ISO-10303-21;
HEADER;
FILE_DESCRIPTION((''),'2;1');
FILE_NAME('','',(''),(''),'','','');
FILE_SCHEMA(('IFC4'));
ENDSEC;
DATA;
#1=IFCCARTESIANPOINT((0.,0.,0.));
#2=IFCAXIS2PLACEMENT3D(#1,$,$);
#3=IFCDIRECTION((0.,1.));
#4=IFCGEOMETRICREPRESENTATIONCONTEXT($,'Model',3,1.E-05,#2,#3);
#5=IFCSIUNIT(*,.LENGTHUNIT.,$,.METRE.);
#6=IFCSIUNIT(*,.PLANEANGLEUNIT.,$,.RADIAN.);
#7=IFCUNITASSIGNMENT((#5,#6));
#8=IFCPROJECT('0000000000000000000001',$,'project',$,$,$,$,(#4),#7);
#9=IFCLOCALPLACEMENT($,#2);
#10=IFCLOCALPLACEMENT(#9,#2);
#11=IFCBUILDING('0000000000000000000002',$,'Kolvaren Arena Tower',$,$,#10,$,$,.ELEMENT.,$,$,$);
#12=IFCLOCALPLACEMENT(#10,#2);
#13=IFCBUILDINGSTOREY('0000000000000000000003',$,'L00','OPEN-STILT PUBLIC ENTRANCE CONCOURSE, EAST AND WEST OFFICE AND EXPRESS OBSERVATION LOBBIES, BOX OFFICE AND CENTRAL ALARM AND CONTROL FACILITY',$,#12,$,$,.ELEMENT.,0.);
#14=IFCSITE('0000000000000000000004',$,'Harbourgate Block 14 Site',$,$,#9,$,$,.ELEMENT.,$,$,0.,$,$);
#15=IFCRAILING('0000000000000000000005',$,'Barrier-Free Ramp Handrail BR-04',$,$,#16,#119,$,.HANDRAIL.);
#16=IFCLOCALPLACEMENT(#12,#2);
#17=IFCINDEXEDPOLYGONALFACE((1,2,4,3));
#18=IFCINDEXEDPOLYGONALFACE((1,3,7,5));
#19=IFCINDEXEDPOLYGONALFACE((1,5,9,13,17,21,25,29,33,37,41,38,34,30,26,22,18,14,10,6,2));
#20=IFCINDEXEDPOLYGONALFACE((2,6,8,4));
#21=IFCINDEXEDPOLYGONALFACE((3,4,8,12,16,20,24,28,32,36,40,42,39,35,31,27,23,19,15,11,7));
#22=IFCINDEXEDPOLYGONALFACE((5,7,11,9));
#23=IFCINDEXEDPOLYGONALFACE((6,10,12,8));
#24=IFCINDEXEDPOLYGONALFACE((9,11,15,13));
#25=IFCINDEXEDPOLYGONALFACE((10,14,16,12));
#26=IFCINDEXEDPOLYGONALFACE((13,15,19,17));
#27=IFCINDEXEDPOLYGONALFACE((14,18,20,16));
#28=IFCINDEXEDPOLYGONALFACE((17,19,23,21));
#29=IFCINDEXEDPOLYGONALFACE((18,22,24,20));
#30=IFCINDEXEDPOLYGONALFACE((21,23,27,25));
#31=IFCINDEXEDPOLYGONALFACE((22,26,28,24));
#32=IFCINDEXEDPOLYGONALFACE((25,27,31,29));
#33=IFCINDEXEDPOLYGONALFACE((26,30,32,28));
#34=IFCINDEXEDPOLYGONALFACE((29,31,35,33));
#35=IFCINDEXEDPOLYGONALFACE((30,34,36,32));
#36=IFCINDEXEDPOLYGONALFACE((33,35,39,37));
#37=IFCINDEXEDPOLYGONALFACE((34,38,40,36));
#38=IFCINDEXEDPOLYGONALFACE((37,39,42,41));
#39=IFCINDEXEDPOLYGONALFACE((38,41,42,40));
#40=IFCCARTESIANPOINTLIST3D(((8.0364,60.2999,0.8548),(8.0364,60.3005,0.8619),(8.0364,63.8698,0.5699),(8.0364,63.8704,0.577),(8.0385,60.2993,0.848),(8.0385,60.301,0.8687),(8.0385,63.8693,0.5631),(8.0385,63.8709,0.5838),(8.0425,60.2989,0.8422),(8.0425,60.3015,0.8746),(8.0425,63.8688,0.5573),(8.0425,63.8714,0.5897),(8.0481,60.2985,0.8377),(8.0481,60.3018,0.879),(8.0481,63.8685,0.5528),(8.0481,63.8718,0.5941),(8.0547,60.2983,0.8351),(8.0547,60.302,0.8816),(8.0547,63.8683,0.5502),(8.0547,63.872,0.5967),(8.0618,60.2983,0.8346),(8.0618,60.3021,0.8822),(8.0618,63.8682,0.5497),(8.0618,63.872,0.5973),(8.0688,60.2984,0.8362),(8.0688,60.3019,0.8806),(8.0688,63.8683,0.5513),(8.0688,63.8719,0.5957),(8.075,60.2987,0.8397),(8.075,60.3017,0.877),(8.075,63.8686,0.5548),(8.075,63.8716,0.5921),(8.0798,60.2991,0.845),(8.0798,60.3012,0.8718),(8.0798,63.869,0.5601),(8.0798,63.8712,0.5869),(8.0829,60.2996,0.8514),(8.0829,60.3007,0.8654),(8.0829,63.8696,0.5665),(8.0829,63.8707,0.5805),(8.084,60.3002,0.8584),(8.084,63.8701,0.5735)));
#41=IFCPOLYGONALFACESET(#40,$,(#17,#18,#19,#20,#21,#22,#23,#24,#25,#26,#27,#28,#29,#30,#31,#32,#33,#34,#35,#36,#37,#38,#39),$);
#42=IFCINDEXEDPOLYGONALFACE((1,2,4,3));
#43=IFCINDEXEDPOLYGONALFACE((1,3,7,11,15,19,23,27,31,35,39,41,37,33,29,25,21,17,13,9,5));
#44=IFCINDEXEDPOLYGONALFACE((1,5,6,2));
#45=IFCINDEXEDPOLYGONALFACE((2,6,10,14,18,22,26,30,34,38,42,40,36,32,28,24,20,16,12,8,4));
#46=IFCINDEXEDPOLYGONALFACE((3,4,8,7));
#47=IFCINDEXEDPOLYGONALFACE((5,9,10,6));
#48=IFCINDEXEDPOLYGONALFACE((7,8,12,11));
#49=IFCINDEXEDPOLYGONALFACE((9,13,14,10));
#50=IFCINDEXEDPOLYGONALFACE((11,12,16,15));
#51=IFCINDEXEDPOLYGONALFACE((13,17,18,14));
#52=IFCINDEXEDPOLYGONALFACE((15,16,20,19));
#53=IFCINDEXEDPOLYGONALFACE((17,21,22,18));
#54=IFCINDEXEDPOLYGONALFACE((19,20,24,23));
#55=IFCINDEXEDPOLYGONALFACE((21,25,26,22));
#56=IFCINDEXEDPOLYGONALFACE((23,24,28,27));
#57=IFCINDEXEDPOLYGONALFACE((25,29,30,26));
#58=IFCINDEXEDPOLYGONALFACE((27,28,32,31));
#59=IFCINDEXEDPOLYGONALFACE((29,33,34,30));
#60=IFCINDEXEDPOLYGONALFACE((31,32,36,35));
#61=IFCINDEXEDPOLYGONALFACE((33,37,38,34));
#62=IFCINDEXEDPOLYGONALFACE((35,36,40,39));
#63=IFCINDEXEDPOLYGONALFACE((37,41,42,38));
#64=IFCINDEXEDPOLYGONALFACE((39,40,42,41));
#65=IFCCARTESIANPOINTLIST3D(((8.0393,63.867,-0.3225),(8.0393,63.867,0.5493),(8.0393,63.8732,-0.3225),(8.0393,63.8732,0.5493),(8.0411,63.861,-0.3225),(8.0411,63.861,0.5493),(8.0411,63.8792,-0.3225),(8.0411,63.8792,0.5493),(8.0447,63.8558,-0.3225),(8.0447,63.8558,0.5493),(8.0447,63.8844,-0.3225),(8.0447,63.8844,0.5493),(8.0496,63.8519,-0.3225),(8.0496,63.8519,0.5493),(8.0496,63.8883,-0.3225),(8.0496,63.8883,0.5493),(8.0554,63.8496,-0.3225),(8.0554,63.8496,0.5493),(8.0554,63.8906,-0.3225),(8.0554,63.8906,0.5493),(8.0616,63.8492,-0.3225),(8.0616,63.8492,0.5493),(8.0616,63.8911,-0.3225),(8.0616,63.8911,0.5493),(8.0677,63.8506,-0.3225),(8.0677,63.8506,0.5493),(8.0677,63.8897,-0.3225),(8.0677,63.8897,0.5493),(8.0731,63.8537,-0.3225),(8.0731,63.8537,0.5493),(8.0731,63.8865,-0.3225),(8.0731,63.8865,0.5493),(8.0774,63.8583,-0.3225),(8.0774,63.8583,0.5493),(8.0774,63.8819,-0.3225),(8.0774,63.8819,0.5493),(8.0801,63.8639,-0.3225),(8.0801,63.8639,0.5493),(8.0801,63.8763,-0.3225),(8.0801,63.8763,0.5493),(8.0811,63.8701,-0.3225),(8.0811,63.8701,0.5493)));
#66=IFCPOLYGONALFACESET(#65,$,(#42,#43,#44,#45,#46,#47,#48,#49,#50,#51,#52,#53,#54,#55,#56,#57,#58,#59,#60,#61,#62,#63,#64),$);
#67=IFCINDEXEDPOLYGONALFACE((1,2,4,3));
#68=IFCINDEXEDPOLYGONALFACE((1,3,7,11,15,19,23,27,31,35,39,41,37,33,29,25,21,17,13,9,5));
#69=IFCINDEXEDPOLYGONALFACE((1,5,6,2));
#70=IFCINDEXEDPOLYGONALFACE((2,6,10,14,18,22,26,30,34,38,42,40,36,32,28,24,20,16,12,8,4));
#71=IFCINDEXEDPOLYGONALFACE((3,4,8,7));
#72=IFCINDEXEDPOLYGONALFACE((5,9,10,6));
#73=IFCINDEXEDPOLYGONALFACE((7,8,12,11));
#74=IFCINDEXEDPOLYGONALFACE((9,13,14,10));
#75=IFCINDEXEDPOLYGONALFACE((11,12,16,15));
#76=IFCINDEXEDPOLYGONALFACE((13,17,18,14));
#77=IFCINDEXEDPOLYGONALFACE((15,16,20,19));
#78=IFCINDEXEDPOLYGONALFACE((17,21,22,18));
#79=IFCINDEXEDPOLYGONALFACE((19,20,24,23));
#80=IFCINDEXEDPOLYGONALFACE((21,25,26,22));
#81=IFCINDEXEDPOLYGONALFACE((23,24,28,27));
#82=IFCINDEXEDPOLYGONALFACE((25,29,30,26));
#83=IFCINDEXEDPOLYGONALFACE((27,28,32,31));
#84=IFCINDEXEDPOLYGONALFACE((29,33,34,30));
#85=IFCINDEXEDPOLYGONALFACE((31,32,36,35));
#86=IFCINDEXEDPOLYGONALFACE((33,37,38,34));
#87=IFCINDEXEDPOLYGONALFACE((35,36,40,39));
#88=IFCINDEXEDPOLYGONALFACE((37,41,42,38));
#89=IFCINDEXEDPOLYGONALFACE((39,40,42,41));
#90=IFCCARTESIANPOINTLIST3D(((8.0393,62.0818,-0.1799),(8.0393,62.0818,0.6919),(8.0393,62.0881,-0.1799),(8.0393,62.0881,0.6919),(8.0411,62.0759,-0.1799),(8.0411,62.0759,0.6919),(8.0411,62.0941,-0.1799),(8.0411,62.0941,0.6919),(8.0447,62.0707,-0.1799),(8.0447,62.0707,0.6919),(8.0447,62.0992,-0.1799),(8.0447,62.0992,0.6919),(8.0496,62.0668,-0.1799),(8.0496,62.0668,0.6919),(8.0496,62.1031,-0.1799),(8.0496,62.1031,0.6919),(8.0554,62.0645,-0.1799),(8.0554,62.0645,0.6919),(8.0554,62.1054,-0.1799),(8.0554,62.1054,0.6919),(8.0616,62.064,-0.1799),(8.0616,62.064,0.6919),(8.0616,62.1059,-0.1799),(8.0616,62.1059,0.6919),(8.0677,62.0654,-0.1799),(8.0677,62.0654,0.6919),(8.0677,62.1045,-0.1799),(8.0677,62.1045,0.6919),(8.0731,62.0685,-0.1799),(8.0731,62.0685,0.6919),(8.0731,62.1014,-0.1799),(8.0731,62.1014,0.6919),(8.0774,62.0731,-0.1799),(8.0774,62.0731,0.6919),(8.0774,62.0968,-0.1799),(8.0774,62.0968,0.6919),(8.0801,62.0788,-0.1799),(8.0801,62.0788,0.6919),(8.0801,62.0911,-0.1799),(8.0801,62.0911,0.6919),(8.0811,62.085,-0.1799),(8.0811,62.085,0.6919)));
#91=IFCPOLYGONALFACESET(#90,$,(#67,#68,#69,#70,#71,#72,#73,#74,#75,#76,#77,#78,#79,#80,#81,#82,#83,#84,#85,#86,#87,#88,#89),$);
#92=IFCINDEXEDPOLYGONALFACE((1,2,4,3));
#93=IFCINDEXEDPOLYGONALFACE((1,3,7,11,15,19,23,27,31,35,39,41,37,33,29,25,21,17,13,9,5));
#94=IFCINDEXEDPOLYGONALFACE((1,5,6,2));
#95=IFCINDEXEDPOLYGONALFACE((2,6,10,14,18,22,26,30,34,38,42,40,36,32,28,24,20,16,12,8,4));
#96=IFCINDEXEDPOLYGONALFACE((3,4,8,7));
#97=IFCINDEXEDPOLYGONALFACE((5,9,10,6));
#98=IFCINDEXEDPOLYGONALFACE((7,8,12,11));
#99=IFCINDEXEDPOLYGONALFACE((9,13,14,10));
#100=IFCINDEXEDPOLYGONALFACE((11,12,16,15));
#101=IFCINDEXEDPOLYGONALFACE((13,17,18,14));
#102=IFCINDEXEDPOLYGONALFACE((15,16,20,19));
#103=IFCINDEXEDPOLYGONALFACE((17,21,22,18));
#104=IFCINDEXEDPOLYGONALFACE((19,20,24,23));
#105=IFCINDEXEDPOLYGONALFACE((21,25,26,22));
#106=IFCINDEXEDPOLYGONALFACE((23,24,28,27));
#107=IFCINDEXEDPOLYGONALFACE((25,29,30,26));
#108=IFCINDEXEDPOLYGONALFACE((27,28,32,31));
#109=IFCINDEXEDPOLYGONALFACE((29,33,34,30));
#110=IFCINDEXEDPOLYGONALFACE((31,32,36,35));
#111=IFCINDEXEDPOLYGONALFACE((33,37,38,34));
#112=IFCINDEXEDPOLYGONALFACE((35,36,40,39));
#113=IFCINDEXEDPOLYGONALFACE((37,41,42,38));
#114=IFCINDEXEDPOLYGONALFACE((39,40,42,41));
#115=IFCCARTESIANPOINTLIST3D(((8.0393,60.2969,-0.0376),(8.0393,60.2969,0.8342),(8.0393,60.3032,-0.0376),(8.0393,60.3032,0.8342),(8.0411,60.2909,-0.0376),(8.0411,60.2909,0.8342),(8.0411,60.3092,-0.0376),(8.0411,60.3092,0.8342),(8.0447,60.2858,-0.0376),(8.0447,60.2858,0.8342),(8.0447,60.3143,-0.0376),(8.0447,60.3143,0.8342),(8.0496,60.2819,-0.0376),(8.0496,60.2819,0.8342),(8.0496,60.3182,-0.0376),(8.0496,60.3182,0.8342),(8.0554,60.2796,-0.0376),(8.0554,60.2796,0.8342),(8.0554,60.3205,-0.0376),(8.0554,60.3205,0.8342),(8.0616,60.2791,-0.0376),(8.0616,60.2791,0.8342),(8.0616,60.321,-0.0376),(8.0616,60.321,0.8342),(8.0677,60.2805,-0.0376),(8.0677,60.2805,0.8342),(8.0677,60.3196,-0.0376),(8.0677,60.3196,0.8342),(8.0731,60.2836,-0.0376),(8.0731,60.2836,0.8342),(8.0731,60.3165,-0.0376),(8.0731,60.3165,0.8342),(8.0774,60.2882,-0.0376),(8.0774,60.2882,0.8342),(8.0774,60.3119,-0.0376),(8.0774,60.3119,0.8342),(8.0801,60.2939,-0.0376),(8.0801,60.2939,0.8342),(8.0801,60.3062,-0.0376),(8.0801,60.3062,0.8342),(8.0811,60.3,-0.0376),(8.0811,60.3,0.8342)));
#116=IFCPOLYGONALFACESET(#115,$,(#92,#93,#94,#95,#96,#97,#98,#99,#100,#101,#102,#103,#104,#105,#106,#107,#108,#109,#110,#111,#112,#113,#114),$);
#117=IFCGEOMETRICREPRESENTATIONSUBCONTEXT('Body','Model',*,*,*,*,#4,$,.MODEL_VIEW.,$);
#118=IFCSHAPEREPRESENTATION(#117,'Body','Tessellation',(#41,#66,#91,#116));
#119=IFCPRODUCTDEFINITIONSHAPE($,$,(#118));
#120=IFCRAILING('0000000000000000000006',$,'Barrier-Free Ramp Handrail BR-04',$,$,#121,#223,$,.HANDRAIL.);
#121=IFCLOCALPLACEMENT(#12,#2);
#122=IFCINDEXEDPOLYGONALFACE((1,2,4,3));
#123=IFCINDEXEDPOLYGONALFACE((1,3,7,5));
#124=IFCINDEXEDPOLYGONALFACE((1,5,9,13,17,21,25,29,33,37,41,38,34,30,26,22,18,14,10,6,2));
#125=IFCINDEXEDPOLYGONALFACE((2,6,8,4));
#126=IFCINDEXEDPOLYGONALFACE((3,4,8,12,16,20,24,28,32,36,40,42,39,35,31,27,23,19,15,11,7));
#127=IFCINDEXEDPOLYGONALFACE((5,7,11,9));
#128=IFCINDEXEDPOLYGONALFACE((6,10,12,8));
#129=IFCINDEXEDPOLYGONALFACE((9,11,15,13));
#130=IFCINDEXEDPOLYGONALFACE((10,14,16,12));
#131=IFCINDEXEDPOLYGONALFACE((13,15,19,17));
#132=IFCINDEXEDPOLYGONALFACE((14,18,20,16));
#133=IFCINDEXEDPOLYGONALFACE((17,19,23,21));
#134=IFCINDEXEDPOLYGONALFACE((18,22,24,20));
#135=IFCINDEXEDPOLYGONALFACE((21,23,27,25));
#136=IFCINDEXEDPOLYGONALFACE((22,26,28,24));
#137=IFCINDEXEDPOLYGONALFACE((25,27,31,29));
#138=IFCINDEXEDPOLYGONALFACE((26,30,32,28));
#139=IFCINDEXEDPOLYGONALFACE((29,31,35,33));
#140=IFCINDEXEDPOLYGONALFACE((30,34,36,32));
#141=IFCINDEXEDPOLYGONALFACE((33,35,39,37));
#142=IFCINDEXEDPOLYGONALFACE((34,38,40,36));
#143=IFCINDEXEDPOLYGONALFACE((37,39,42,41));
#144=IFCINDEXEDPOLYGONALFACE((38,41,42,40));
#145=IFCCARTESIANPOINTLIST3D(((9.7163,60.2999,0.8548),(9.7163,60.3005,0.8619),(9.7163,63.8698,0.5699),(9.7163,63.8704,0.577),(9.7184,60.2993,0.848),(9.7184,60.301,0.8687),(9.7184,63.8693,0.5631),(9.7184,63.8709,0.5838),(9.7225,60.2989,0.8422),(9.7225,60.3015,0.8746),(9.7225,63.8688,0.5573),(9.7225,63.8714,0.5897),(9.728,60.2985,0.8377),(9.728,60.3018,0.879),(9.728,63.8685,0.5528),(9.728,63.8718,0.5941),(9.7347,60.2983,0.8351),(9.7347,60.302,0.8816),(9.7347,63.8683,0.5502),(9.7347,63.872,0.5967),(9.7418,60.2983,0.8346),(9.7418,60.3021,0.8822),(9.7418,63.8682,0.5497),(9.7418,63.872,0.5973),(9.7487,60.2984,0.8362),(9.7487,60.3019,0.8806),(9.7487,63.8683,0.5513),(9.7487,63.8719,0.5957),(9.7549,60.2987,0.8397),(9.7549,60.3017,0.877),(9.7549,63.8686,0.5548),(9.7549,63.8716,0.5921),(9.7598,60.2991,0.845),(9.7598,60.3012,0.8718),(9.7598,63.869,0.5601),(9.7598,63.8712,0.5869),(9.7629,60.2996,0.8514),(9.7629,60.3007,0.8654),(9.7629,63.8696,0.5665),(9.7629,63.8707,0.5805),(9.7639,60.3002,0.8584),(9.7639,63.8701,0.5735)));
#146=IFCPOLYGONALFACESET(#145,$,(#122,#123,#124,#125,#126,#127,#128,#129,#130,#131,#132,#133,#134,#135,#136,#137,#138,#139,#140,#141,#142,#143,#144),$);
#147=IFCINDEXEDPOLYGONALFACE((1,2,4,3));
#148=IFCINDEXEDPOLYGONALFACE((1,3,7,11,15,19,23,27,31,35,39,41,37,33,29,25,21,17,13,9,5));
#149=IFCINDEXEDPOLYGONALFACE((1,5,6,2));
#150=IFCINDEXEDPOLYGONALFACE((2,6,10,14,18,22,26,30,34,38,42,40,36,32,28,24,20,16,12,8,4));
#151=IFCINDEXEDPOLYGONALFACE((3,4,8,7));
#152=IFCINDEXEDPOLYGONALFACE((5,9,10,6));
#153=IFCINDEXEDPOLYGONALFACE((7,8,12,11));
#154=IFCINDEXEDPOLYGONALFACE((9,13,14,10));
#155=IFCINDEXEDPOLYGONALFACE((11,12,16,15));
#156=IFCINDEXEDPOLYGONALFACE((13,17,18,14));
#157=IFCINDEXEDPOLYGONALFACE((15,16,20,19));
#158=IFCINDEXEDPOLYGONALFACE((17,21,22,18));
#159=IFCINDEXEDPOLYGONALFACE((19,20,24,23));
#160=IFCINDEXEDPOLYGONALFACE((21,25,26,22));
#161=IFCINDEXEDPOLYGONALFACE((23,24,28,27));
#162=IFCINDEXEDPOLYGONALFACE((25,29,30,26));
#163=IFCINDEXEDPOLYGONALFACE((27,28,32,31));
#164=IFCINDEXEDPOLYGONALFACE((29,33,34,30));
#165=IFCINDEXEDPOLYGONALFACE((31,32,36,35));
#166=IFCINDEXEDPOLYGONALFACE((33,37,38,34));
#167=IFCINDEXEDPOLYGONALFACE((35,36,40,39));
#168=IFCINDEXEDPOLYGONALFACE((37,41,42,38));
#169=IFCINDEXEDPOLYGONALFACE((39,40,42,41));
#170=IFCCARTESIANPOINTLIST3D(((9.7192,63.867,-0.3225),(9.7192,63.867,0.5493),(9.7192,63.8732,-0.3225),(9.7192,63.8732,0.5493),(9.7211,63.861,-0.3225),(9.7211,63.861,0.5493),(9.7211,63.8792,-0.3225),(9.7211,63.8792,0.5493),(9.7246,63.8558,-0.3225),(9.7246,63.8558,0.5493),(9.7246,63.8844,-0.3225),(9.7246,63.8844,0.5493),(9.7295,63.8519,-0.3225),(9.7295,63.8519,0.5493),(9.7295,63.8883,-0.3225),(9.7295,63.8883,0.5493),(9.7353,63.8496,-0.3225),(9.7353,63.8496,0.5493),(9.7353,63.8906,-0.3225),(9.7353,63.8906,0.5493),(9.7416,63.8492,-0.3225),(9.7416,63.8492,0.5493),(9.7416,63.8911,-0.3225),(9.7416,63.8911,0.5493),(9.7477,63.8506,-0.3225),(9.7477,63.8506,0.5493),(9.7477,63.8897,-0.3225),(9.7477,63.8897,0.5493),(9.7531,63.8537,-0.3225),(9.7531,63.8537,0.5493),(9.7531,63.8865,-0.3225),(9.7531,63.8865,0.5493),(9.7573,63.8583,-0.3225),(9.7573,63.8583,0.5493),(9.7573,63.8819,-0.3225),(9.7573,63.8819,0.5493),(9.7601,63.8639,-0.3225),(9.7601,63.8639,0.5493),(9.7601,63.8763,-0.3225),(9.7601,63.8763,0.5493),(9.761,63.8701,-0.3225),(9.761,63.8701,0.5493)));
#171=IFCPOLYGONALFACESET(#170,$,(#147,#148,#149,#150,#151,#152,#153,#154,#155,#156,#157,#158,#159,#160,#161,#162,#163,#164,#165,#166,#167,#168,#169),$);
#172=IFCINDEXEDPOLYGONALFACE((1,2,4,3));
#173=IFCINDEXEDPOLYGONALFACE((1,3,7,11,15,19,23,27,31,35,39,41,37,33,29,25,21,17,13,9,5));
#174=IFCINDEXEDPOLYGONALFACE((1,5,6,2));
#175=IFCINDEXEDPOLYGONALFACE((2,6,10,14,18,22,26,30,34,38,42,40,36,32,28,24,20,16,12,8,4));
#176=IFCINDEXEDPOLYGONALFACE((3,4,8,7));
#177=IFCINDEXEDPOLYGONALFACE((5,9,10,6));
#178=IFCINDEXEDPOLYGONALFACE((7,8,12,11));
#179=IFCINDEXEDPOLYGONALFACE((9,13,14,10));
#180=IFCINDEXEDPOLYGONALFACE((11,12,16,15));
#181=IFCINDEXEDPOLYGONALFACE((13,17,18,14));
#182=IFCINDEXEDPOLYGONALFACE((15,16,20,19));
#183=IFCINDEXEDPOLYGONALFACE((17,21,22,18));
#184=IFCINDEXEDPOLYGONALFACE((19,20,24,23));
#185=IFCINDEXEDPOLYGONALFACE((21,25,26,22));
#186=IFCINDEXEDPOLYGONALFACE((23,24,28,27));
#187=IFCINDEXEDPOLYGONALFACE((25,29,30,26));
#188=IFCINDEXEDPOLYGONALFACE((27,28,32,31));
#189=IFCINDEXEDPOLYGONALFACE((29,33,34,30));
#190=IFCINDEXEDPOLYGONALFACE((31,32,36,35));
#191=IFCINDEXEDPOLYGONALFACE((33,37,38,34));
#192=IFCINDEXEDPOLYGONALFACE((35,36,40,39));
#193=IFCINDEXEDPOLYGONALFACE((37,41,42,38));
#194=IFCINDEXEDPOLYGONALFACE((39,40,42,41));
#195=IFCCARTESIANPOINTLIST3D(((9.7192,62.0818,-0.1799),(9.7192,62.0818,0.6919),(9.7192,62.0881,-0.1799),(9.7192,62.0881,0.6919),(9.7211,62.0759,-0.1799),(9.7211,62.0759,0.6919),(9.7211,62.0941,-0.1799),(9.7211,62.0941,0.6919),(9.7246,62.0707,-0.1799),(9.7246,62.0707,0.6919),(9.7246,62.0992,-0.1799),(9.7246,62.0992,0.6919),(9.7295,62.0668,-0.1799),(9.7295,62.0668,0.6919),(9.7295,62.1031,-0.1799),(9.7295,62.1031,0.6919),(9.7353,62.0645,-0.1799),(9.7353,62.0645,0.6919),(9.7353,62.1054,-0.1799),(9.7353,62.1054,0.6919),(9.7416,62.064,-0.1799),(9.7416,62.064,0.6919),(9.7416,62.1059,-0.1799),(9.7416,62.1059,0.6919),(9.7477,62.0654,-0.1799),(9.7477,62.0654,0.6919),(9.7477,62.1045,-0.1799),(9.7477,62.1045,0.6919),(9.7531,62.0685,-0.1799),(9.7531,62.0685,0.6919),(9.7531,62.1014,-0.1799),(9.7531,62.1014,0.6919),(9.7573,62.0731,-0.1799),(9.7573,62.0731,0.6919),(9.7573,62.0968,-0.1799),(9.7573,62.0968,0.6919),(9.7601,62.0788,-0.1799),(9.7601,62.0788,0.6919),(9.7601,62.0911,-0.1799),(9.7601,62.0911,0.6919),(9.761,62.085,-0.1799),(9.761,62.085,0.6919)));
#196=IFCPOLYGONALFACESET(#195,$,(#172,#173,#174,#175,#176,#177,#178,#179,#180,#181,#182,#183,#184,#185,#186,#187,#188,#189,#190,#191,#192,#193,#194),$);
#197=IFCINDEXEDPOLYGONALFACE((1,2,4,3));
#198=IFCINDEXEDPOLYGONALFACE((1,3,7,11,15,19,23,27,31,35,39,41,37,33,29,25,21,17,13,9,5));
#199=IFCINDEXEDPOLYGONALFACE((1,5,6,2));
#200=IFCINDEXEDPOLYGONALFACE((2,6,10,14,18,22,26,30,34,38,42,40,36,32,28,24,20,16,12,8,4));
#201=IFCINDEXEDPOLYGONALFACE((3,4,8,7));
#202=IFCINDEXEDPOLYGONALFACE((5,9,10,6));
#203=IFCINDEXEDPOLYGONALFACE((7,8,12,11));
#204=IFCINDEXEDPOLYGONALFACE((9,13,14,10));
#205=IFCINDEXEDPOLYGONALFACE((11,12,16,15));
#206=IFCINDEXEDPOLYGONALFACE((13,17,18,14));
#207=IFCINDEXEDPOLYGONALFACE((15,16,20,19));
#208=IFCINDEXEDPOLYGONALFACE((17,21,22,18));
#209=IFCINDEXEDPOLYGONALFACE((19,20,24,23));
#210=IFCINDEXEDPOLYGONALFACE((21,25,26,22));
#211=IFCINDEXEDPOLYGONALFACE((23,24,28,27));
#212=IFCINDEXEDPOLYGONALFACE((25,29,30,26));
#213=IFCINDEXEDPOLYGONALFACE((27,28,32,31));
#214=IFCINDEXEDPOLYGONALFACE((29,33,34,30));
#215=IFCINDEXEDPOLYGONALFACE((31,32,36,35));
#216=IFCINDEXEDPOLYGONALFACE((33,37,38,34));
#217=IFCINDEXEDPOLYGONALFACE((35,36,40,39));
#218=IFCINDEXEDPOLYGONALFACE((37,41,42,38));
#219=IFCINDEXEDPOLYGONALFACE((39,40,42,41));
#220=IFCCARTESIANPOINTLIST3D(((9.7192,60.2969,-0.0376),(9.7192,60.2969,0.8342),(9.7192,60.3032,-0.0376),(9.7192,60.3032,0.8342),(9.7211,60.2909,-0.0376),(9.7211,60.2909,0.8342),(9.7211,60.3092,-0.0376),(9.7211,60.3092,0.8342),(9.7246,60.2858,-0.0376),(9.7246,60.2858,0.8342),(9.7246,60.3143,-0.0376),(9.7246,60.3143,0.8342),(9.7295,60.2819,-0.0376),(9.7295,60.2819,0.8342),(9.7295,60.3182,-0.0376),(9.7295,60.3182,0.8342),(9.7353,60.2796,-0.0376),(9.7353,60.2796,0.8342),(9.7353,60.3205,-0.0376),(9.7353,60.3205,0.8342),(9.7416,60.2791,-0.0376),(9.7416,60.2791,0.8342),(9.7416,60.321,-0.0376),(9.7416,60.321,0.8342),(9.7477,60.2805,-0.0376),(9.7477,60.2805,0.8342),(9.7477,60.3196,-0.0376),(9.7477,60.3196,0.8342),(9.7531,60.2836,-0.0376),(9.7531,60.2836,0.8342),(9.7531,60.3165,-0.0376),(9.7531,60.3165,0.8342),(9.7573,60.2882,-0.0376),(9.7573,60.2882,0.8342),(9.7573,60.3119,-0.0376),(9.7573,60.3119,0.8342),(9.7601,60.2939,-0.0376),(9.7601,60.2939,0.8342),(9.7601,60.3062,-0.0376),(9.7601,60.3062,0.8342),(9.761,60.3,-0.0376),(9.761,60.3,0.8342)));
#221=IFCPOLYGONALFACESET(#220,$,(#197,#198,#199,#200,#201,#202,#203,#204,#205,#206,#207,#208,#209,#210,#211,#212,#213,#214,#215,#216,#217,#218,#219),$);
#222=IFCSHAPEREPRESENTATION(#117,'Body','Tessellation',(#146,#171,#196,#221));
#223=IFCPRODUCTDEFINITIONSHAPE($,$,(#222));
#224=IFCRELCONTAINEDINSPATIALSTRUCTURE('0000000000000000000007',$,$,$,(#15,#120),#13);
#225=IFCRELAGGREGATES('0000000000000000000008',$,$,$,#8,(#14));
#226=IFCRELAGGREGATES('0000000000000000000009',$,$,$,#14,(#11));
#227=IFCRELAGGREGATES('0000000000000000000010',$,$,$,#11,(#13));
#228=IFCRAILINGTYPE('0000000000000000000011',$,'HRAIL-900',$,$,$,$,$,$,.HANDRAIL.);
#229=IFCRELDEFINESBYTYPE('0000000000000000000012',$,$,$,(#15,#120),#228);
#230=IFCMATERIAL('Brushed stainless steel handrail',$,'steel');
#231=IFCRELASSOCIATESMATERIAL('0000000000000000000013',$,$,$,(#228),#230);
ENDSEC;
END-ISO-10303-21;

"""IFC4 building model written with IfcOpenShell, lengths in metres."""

from ifc_helpers import new_model, si_unit, direction, frame, origin, origin_2d, place, context, subcontext, project, spatial, circle, extrude, material, type_object, element, save


model = new_model("IFC4")

# Units and contexts
model_context = context("Model", 3, precision=1e-05, world=origin(), true_north=direction((0.0, 1.0)))
body_context = subcontext(model_context, "Body", "Model", "MODEL_VIEW")
ifc_project = project(units=[si_unit("LENGTHUNIT", "METRE"), si_unit("PLANEANGLEUNIT", "RADIAN")], contexts=[model_context])

# Site, building, storey
site_placement = place(None, origin())
site = spatial("IfcSite", under=ifc_project, at=site_placement, Name="Harbourgate Block 14 Site", CompositionType="ELEMENT", RefElevation=0.0)
building_placement = place(site_placement, origin())
building = spatial("IfcBuilding", under=site, at=building_placement, Name="Kolvaren Arena Tower", CompositionType="ELEMENT")
storey_placement = place(building_placement, origin())
storey = spatial("IfcBuildingStorey", under=building, at=storey_placement, Name="L00", Description="OPEN-STILT PUBLIC ENTRANCE CONCOURSE, EAST AND WEST OFFICE AND EXPRESS OBSERVATION LOBBIES, BOX OFFICE AND CENTRAL ALARM AND CONTROL FACILITY", CompositionType="ELEMENT", Elevation=0.0)

# Railings
ifc_material_1 = material(Name="Brushed stainless steel handrail", Category="steel")
railing_type = type_object("IfcRailingType", Name="HRAIL-900", PredefinedType="HANDRAIL", material=ifc_material_1)
for number, where, name in (
    (1, (8.0601, 63.8701, -0.3225), "Barrier-Free Ramp Handrail BR-04"),
    (2, (9.74, 63.8701, -0.3225), "Barrier-Free Ramp Handrail BR-04"),
):
    element("IfcRailing", number, at=place(storey_placement, frame(where)), inside=storey, type_object=railing_type, Name=name, PredefinedType="HANDRAIL", context=body_context, shape_type="SweptSolid", body=[
        extrude(circle(Radius=0.0239, at=origin_2d()), frame((0.0, 0.0, 0.896), z_axis=(0.0, -0.996831, 0.079553), x_axis=(1.0, 0.0, 0.0)), (0.0, 0.0, 1.0), 3.5813),
        extrude(circle(Radius=0.021, at=origin_2d()), origin(), (0.0, 0.0, 1.0), 0.8718),
        extrude(circle(Radius=0.021, at=origin_2d()), frame((0.0, -1.7852, 0.1426)), (0.0, 0.0, 1.0), 0.8718),
        extrude(circle(Radius=0.021, at=origin_2d()), frame((0.0, -3.5701, 0.2849)), (0.0, 0.0, 1.0), 0.8718),
    ])

save(model, "model.ifc")
